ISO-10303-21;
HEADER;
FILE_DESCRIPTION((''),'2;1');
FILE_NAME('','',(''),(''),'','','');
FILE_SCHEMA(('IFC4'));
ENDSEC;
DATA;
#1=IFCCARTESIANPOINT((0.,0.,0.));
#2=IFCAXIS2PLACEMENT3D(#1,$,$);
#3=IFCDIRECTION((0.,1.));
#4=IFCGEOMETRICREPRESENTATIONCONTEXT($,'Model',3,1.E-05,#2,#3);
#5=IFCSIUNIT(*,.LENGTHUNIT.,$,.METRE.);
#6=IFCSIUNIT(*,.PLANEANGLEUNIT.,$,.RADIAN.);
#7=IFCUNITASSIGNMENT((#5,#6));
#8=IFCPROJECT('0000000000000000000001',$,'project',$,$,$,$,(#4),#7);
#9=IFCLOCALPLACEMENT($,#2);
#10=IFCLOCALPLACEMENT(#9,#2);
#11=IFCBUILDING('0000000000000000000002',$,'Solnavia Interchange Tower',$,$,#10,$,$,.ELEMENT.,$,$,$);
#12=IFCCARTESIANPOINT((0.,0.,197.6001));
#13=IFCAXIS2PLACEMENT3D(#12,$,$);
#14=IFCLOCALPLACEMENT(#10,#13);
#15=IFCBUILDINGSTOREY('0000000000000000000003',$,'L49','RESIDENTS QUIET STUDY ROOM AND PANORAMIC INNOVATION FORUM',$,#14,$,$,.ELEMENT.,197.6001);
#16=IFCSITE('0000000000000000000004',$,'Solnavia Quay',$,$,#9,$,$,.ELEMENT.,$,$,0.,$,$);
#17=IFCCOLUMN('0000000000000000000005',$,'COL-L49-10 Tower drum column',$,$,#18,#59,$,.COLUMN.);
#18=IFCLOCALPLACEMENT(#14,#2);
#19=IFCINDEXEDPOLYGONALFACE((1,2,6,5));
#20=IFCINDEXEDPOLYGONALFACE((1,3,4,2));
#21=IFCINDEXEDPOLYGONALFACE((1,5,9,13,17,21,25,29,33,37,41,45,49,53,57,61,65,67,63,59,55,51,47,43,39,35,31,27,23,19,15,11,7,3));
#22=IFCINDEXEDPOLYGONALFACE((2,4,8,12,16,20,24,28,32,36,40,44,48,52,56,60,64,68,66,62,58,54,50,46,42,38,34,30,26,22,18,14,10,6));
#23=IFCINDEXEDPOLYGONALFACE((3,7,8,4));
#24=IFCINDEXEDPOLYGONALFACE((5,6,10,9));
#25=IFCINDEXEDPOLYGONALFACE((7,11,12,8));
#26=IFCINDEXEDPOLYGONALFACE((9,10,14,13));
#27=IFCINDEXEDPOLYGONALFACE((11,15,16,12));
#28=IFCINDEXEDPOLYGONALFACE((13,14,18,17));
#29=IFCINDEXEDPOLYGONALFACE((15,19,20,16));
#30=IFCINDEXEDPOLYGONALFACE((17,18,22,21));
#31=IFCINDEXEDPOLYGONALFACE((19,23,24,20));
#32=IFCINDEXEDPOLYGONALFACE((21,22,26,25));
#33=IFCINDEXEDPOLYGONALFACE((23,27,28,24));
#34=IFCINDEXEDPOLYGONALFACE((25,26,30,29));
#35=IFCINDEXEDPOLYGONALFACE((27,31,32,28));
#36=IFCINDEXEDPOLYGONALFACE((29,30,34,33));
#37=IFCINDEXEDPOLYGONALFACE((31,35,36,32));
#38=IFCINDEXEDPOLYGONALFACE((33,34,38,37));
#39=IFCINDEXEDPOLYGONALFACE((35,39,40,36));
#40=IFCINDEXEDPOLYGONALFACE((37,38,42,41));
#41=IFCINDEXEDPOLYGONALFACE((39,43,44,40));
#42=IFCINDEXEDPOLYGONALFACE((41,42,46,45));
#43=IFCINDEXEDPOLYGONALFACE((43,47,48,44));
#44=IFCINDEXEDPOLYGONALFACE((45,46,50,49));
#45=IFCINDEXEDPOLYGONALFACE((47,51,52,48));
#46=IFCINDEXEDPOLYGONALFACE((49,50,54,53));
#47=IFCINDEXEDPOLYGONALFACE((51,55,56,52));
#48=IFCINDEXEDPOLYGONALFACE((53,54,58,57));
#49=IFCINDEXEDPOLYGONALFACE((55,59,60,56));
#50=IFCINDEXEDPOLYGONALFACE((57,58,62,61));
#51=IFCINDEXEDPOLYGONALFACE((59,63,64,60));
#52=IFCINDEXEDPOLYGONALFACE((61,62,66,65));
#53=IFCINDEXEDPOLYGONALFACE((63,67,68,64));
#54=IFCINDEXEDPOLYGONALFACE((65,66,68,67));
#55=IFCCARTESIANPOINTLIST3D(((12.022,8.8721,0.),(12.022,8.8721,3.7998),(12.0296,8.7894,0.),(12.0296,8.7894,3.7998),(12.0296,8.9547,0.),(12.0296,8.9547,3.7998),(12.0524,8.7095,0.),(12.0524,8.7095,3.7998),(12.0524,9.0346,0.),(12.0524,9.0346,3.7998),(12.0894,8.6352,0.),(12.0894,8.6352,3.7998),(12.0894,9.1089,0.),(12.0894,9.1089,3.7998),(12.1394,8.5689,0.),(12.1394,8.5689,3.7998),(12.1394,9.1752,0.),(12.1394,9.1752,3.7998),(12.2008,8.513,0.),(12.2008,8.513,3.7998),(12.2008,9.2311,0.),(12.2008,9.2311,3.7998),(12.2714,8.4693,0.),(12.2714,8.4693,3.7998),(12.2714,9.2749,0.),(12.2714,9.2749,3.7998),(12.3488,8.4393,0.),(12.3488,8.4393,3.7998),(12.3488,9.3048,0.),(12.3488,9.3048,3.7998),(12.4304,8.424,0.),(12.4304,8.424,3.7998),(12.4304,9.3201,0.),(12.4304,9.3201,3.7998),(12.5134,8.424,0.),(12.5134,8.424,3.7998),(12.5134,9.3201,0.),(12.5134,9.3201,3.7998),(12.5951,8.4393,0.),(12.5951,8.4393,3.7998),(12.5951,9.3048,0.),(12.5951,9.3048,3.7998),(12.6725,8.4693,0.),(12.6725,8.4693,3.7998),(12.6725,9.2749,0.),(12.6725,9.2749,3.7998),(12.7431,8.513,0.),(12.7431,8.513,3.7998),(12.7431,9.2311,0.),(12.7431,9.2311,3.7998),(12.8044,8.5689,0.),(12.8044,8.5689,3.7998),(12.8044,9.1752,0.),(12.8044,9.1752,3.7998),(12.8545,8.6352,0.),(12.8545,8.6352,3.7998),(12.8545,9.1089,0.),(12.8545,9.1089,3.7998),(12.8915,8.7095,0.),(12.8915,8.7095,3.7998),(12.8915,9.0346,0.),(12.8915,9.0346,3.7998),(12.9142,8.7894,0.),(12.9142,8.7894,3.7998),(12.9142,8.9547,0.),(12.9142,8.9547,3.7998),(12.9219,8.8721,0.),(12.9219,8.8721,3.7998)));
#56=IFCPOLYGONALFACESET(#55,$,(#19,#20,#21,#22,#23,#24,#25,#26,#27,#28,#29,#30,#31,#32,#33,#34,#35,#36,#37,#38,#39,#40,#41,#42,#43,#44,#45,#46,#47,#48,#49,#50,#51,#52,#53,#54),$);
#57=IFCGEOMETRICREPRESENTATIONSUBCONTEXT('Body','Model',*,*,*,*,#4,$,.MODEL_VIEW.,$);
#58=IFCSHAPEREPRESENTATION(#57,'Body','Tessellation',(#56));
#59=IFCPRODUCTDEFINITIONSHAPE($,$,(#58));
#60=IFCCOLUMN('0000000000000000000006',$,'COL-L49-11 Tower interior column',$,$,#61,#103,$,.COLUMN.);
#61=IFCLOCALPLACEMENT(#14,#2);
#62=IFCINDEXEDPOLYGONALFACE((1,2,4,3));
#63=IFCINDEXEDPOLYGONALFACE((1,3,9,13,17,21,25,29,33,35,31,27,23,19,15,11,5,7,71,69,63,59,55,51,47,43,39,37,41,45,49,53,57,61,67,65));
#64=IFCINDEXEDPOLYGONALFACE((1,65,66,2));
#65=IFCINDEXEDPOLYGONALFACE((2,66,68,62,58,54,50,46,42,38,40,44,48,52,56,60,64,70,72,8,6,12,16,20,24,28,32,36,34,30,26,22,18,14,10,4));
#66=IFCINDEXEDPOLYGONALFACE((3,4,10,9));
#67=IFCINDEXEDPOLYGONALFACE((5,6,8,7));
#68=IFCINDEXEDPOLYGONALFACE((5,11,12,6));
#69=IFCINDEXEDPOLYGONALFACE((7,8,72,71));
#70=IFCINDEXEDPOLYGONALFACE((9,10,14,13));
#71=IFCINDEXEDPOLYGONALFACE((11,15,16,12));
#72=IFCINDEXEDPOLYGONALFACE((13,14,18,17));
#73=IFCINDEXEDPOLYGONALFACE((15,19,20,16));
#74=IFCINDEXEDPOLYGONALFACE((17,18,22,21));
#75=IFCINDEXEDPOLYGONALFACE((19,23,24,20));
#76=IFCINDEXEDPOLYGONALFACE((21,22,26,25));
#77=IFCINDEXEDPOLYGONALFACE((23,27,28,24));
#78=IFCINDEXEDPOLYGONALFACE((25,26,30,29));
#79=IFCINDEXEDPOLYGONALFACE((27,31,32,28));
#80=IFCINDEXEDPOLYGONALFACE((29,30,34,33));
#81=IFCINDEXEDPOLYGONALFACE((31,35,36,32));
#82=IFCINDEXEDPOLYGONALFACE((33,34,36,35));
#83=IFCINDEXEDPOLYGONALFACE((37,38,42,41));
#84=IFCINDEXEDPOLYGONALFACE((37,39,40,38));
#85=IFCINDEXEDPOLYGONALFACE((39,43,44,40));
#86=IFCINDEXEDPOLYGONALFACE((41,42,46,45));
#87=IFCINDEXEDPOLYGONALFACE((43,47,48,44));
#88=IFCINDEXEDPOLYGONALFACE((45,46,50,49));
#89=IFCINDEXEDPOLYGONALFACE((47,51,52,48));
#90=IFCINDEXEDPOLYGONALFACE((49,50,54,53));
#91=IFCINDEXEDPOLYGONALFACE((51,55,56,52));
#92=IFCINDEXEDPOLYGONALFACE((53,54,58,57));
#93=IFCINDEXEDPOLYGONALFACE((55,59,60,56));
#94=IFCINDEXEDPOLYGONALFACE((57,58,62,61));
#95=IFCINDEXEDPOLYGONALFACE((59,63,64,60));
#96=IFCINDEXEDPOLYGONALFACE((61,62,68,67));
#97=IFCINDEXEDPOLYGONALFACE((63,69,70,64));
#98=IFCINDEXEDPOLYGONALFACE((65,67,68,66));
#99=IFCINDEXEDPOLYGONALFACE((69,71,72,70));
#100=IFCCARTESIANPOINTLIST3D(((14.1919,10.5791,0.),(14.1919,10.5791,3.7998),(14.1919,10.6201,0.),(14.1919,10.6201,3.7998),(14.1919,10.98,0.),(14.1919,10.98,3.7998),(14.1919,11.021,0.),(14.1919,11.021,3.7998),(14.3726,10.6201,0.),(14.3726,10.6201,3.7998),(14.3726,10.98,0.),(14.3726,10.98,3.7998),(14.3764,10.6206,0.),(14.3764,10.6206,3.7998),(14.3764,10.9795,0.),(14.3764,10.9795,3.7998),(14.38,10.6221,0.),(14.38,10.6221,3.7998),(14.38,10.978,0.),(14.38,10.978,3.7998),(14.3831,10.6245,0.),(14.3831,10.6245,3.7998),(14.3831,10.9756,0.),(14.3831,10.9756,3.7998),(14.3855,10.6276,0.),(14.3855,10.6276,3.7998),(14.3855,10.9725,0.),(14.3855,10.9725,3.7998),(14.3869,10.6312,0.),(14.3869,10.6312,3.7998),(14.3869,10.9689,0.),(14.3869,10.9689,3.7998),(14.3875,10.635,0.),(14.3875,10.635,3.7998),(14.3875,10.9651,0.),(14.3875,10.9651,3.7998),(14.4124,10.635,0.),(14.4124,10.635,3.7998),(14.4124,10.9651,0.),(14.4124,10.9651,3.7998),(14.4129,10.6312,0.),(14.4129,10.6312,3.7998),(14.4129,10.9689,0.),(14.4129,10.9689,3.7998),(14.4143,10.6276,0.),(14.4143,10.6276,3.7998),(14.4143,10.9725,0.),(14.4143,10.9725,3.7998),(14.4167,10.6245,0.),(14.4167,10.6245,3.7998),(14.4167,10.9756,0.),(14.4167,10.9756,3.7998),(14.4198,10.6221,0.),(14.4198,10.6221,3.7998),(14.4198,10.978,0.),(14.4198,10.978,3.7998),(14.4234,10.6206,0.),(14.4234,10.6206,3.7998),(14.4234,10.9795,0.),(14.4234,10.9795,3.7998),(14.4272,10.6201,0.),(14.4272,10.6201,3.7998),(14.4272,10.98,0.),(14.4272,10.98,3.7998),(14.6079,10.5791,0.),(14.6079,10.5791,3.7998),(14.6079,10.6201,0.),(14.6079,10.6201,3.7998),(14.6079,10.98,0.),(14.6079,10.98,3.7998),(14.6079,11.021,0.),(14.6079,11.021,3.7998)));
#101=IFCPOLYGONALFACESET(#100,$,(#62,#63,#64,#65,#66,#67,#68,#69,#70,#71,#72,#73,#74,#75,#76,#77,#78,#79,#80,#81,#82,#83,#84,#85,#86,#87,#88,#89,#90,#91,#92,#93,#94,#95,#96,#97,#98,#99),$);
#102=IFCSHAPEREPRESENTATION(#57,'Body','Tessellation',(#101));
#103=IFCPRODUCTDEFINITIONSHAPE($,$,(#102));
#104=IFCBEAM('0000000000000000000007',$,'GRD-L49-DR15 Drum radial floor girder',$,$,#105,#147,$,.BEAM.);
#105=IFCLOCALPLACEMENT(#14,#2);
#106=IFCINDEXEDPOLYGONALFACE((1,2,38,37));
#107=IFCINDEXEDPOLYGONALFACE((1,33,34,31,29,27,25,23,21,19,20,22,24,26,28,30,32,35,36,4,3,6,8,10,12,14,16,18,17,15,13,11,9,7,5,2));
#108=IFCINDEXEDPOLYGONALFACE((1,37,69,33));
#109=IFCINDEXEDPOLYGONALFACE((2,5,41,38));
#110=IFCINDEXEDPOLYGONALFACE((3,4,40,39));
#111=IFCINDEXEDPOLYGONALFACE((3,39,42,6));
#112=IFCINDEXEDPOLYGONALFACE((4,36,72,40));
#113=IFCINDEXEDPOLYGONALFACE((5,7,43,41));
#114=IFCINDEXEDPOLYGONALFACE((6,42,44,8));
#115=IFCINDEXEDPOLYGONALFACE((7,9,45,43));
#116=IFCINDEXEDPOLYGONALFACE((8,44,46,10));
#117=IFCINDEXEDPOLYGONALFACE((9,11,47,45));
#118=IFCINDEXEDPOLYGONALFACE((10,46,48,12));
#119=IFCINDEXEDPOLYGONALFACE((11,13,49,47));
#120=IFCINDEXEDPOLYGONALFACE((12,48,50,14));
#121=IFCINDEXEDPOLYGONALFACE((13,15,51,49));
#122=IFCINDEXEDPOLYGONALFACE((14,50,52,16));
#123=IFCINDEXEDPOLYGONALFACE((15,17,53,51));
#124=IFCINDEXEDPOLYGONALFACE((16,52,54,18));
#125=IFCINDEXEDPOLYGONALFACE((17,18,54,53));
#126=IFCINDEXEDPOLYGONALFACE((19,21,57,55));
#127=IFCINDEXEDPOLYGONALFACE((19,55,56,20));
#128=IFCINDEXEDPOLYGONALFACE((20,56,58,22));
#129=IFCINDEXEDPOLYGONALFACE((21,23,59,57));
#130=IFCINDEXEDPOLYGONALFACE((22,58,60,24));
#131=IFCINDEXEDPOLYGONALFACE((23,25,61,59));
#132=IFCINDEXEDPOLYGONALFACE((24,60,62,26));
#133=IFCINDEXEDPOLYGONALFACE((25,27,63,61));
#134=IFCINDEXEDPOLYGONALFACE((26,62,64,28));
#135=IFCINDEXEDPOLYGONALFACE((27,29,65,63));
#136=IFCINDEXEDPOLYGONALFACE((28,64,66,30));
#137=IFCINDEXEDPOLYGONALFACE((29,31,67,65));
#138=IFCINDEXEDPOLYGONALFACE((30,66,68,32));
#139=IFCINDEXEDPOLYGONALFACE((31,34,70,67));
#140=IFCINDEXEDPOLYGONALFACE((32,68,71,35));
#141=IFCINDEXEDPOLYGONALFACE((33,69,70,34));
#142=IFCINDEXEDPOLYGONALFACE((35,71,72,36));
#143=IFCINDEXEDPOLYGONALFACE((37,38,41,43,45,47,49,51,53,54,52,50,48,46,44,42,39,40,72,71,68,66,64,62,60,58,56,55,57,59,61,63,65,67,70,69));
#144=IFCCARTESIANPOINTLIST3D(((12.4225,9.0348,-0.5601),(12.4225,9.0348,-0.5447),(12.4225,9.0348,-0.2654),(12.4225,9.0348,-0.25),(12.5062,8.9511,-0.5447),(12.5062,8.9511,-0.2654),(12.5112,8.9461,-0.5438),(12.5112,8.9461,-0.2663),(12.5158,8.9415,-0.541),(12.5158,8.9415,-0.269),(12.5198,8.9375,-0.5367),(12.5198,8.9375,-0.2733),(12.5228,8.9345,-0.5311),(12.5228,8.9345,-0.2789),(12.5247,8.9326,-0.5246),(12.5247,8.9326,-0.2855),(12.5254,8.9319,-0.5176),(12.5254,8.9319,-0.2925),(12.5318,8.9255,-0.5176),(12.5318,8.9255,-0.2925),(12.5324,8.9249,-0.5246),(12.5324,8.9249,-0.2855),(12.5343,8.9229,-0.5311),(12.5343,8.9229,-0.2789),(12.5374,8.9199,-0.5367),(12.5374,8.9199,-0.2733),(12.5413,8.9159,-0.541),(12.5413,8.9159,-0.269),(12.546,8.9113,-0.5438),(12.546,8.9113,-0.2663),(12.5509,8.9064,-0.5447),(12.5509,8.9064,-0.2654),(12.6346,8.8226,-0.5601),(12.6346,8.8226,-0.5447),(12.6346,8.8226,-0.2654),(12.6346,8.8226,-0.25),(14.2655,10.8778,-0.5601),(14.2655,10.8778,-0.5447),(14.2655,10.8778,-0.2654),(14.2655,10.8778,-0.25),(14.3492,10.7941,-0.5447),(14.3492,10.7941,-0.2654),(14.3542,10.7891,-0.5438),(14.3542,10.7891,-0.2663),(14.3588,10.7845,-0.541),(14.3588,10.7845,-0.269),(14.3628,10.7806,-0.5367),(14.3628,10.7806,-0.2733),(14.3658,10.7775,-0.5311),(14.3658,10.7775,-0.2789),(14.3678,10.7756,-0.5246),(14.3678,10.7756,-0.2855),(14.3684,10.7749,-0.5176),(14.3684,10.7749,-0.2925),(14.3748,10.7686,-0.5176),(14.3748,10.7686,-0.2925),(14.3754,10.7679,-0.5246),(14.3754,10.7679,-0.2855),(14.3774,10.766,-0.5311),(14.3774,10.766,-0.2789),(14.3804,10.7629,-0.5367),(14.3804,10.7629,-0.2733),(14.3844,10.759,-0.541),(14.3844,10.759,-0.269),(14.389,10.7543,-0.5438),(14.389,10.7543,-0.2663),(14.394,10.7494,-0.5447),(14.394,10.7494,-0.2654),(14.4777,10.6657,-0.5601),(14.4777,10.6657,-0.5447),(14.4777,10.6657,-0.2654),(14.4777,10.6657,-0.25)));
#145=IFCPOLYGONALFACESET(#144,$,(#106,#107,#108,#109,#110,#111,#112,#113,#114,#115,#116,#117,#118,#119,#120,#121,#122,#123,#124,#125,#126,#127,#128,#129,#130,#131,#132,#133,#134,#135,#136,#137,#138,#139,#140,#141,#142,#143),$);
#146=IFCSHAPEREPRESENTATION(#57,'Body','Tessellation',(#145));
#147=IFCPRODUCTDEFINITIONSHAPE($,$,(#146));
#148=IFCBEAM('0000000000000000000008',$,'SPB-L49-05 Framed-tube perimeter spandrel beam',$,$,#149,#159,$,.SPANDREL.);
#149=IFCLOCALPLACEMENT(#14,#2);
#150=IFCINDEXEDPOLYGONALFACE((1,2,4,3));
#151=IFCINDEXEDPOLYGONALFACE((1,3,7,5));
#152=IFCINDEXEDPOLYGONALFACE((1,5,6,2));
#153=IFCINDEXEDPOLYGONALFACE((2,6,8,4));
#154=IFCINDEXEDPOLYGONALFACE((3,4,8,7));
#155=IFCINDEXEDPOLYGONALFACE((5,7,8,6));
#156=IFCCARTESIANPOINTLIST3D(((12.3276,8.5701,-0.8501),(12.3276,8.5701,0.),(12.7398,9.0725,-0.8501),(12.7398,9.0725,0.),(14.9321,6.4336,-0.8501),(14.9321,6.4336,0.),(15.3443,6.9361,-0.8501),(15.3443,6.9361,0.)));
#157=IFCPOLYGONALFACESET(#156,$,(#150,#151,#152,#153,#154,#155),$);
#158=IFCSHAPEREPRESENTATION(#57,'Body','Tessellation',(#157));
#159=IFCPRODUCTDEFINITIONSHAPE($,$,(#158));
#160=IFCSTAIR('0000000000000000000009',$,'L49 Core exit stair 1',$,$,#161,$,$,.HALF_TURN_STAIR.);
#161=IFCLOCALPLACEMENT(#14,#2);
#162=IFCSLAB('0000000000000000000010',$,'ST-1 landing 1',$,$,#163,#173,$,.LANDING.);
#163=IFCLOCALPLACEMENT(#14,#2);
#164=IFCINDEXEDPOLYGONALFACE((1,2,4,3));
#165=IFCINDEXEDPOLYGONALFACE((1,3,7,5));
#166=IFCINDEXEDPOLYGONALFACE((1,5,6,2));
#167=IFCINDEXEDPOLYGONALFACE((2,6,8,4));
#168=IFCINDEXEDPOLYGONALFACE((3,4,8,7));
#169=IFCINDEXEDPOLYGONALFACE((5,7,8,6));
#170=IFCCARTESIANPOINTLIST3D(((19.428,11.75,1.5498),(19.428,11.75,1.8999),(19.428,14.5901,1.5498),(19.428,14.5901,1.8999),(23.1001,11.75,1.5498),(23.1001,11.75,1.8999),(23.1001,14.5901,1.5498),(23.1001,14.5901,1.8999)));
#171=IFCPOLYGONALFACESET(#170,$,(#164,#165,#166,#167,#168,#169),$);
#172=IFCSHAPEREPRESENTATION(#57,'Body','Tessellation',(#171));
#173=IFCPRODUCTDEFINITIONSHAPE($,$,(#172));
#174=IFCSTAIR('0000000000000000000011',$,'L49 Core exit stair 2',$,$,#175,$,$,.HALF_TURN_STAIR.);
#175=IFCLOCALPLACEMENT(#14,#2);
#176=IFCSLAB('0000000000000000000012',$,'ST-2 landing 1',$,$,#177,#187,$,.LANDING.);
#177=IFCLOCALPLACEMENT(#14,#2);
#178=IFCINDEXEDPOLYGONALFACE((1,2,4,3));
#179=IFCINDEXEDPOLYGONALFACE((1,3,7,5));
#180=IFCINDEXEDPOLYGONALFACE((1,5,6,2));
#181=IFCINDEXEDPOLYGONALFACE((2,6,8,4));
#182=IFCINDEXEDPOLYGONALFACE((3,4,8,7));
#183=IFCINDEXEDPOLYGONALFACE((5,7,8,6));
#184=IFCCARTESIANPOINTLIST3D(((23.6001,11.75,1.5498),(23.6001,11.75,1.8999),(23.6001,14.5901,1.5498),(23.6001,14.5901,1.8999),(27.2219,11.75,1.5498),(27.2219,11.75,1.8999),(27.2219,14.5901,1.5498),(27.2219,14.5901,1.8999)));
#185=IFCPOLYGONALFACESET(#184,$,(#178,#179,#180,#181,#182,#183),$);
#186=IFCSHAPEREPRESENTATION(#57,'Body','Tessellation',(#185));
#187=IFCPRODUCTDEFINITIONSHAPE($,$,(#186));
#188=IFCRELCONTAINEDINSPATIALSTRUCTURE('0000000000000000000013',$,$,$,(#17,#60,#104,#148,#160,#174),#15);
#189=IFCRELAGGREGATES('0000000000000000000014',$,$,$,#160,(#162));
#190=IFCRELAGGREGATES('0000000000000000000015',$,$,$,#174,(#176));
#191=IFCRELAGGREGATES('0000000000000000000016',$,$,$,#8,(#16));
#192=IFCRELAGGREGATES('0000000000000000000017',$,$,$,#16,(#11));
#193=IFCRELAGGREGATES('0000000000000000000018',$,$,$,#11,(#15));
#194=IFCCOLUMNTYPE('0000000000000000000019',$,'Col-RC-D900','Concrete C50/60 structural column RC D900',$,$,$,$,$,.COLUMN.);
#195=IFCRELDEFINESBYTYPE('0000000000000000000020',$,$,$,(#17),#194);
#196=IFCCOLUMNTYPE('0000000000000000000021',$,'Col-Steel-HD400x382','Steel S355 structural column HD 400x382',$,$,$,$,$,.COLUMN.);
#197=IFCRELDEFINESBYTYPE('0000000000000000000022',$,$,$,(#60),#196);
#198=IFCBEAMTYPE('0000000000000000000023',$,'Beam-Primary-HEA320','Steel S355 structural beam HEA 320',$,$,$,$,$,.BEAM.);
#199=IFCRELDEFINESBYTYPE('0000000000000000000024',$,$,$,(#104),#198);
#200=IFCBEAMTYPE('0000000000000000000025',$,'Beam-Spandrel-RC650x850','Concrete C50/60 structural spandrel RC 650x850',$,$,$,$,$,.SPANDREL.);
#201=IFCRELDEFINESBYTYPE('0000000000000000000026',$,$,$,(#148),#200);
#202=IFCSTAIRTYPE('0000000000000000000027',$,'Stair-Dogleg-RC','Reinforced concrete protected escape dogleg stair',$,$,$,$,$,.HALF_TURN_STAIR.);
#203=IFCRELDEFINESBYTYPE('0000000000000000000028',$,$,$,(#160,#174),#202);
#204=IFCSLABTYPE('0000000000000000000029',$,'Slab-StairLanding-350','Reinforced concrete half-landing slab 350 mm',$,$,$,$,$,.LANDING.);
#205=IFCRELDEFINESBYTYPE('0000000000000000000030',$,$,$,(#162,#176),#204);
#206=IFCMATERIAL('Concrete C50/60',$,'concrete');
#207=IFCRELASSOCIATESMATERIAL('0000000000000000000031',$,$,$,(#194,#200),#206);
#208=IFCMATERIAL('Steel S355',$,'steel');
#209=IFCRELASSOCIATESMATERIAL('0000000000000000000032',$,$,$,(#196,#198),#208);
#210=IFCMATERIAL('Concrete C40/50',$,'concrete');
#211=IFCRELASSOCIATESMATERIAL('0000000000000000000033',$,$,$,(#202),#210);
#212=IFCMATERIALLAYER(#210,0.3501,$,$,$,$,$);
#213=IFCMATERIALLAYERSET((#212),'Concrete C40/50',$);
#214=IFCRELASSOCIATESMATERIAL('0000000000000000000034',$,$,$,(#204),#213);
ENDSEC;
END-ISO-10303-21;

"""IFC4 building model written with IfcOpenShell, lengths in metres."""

from ifc_helpers import new_model, si_unit, direction, frame, origin, origin_2d, place, context, subcontext, project, spatial, polyline, rectangle, circle, i_section, outline, extrude, material, layer, layer_set, material_profile, profile_set, type_object, element, aggregate, save


model = new_model("IFC4")

# Units and contexts
model_context = context("Model", 3, precision=1e-05, world=origin(), true_north=direction((0.0, 1.0)))
body_context = subcontext(model_context, "Body", "Model", "MODEL_VIEW")
ifc_project = project(units=[si_unit("LENGTHUNIT", "METRE"), si_unit("PLANEANGLEUNIT", "RADIAN")], contexts=[model_context])

# Site, building, storey
site_placement = place(None, origin())
site = spatial("IfcSite", under=ifc_project, at=site_placement, Name="Solnavia Quay", CompositionType="ELEMENT", RefElevation=0.0)
building_placement = place(site_placement, origin())
building = spatial("IfcBuilding", under=site, at=building_placement, Name="Solnavia Interchange Tower", CompositionType="ELEMENT")
storey_placement = place(building_placement, frame((0.0, 0.0, 197.6001)))
storey = spatial("IfcBuildingStorey", under=building, at=storey_placement, Name="L49", Description="RESIDENTS QUIET STUDY ROOM AND PANORAMIC INNOVATION FORUM", CompositionType="ELEMENT", Elevation=197.6001)

# Columns
ifc_material_1 = material(Name="Concrete C50/60", Category="concrete")
ifc_material_profile_1 = material_profile(ifc_material_1, circle(Radius=0.45, at=origin_2d()), Name="RC D900")
ifc_profile_set_1 = profile_set([ifc_material_profile_1], Name="Concrete C50/60")
column_type_1 = type_object("IfcColumnType", Name="Col-RC-D900", Description="Concrete C50/60 structural column RC D900", PredefinedType="COLUMN", material=ifc_profile_set_1)
column_1_placement = place(storey_placement, frame((12.4719, 8.8721, 0.0), z_axis=(0.0, 0.0, 1.0), x_axis=(1.0, 0.0, 0.0)))
element("IfcColumn", 1, at=column_1_placement, inside=storey, type_object=column_type_1, Name="COL-L49-10 Tower drum column", PredefinedType="COLUMN", context=body_context, shape_type="SweptSolid", body=[
    extrude(circle(Radius=0.45, at=origin_2d()), origin(), (0.0, 0.0, 1.0), 3.7998),
])
ifc_material_2 = material(Name="Steel S355", Category="steel")
ifc_material_profile_2 = material_profile(ifc_material_2, i_section(OverallWidth=0.416, OverallDepth=0.4419, WebThickness=0.0249, FlangeThickness=0.041, FilletRadius=0.0149, at=origin_2d()), Name="HD 400x382")
ifc_profile_set_2 = profile_set([ifc_material_profile_2], Name="Steel S355")
column_type_2 = type_object("IfcColumnType", Name="Col-Steel-HD400x382", Description="Steel S355 structural column HD 400x382", PredefinedType="COLUMN", material=ifc_profile_set_2)
column_2_placement = place(storey_placement, frame((14.3999, 10.8, 0.0), z_axis=(0.0, 0.0, 1.0), x_axis=(1.0, 0.0, 0.0)))
element("IfcColumn", 2, at=column_2_placement, inside=storey, type_object=column_type_2, Name="COL-L49-11 Tower interior column", PredefinedType="COLUMN", context=body_context, shape_type="SweptSolid", body=[
    extrude(i_section(OverallWidth=0.416, OverallDepth=0.4419, WebThickness=0.0249, FlangeThickness=0.041, FilletRadius=0.0149, at=origin_2d()), origin(), (0.0, 0.0, 1.0), 3.7998),
])

# Beams
ifc_material_profile_3 = material_profile(ifc_material_2, i_section(OverallWidth=0.3, OverallDepth=0.3101, WebThickness=0.009, FlangeThickness=0.0154, FilletRadius=0.0271, at=origin_2d()), Name="HEA 320")
ifc_profile_set_3 = profile_set([ifc_material_profile_3], Name="Steel S355")
beam_type_1 = type_object("IfcBeamType", Name="Beam-Primary-HEA320", Description="Steel S355 structural beam HEA 320", PredefinedType="BEAM", material=ifc_profile_set_3)
beam_1_placement = place(storey_placement, frame((12.5286, 8.9287, -0.405), z_axis=(0.707107, 0.707107, 0.0), x_axis=(-0.707107, 0.707107, 0.0)))
element("IfcBeam", 3, at=beam_1_placement, inside=storey, type_object=beam_type_1, Name="GRD-L49-DR15 Drum radial floor girder", PredefinedType="BEAM", context=body_context, shape_type="SweptSolid", body=[
    extrude(i_section(OverallWidth=0.3, OverallDepth=0.3101, WebThickness=0.009, FlangeThickness=0.0154, FilletRadius=0.0271, at=origin_2d()), origin(), (0.0, 0.0, 1.0), 2.6064),
])
ifc_material_profile_4 = material_profile(ifc_material_1, rectangle(XDim=0.6499, YDim=0.8501, at=origin_2d()), Name="RC 650x850")
ifc_profile_set_4 = profile_set([ifc_material_profile_4], Name="Concrete C50/60")
beam_type_2 = type_object("IfcBeamType", Name="Beam-Spandrel-RC650x850", Description="Concrete C50/60 structural spandrel RC 650x850", PredefinedType="SPANDREL", material=ifc_profile_set_4)
beam_2_placement = place(storey_placement, frame((12.5337, 8.8213, -0.425), z_axis=(0.773153, -0.63422, 0.0), x_axis=(0.63422, 0.773153, 0.0)))
element("IfcBeam", 4, at=beam_2_placement, inside=storey, type_object=beam_type_2, Name="SPB-L49-05 Framed-tube perimeter spandrel beam", PredefinedType="SPANDREL", context=body_context, shape_type="SweptSolid", body=[
    extrude(rectangle(XDim=0.6499, YDim=0.8501, at=origin_2d()), origin(), (0.0, 0.0, 1.0), 3.3687),
])

# Stairs, slabs
ifc_material_3 = material(Name="Concrete C40/50", Category="concrete")
stair_type = type_object("IfcStairType", Name="Stair-Dogleg-RC", Description="Reinforced concrete protected escape dogleg stair", PredefinedType="HALF_TURN_STAIR", material=ifc_material_3)
stair_1_placement = place(storey_placement, origin())
stair_1 = element("IfcStair", 5, at=stair_1_placement, inside=storey, type_object=stair_type, Name="L49 Core exit stair 1", PredefinedType="HALF_TURN_STAIR")
ifc_layer_1 = layer(ifc_material_3, 0.3501)
ifc_layer_set_1 = layer_set([ifc_layer_1], Name="Concrete C40/50")
slab_type_1 = type_object("IfcSlabType", Name="Slab-StairLanding-350", Description="Reinforced concrete half-landing slab 350 mm", PredefinedType="LANDING", material=ifc_layer_set_1)
slab_1_placement = place(storey_placement, frame((0.0, 0.0, 1.5498)))
slab_1 = element("IfcSlab", 6, at=slab_1_placement, type_object=slab_type_1, Name="ST-1 landing 1", PredefinedType="LANDING", context=body_context, shape_type="SweptSolid", body=[
    extrude(outline(polyline([(19.428, 11.75), (23.1001, 11.75), (23.1001, 14.5901), (19.428, 14.5901), (19.428, 11.75)])), origin(), (0.0, 0.0, 1.0), 0.3501),
])
aggregate(stair_1, [slab_1])
stair_2_placement = place(storey_placement, origin())
stair_2 = element("IfcStair", 7, at=stair_2_placement, inside=storey, type_object=stair_type, Name="L49 Core exit stair 2", PredefinedType="HALF_TURN_STAIR")
slab_2_placement = place(storey_placement, frame((0.0, 0.0, 1.5498)))
slab_2 = element("IfcSlab", 8, at=slab_2_placement, type_object=slab_type_1, Name="ST-2 landing 1", PredefinedType="LANDING", context=body_context, shape_type="SweptSolid", body=[
    extrude(outline(polyline([(23.6001, 11.75), (27.2219, 11.75), (27.2219, 14.5901), (23.6001, 14.5901), (23.6001, 11.75)])), origin(), (0.0, 0.0, 1.0), 0.3501),
])
aggregate(stair_2, [slab_2])

save(model, "model.ifc")
